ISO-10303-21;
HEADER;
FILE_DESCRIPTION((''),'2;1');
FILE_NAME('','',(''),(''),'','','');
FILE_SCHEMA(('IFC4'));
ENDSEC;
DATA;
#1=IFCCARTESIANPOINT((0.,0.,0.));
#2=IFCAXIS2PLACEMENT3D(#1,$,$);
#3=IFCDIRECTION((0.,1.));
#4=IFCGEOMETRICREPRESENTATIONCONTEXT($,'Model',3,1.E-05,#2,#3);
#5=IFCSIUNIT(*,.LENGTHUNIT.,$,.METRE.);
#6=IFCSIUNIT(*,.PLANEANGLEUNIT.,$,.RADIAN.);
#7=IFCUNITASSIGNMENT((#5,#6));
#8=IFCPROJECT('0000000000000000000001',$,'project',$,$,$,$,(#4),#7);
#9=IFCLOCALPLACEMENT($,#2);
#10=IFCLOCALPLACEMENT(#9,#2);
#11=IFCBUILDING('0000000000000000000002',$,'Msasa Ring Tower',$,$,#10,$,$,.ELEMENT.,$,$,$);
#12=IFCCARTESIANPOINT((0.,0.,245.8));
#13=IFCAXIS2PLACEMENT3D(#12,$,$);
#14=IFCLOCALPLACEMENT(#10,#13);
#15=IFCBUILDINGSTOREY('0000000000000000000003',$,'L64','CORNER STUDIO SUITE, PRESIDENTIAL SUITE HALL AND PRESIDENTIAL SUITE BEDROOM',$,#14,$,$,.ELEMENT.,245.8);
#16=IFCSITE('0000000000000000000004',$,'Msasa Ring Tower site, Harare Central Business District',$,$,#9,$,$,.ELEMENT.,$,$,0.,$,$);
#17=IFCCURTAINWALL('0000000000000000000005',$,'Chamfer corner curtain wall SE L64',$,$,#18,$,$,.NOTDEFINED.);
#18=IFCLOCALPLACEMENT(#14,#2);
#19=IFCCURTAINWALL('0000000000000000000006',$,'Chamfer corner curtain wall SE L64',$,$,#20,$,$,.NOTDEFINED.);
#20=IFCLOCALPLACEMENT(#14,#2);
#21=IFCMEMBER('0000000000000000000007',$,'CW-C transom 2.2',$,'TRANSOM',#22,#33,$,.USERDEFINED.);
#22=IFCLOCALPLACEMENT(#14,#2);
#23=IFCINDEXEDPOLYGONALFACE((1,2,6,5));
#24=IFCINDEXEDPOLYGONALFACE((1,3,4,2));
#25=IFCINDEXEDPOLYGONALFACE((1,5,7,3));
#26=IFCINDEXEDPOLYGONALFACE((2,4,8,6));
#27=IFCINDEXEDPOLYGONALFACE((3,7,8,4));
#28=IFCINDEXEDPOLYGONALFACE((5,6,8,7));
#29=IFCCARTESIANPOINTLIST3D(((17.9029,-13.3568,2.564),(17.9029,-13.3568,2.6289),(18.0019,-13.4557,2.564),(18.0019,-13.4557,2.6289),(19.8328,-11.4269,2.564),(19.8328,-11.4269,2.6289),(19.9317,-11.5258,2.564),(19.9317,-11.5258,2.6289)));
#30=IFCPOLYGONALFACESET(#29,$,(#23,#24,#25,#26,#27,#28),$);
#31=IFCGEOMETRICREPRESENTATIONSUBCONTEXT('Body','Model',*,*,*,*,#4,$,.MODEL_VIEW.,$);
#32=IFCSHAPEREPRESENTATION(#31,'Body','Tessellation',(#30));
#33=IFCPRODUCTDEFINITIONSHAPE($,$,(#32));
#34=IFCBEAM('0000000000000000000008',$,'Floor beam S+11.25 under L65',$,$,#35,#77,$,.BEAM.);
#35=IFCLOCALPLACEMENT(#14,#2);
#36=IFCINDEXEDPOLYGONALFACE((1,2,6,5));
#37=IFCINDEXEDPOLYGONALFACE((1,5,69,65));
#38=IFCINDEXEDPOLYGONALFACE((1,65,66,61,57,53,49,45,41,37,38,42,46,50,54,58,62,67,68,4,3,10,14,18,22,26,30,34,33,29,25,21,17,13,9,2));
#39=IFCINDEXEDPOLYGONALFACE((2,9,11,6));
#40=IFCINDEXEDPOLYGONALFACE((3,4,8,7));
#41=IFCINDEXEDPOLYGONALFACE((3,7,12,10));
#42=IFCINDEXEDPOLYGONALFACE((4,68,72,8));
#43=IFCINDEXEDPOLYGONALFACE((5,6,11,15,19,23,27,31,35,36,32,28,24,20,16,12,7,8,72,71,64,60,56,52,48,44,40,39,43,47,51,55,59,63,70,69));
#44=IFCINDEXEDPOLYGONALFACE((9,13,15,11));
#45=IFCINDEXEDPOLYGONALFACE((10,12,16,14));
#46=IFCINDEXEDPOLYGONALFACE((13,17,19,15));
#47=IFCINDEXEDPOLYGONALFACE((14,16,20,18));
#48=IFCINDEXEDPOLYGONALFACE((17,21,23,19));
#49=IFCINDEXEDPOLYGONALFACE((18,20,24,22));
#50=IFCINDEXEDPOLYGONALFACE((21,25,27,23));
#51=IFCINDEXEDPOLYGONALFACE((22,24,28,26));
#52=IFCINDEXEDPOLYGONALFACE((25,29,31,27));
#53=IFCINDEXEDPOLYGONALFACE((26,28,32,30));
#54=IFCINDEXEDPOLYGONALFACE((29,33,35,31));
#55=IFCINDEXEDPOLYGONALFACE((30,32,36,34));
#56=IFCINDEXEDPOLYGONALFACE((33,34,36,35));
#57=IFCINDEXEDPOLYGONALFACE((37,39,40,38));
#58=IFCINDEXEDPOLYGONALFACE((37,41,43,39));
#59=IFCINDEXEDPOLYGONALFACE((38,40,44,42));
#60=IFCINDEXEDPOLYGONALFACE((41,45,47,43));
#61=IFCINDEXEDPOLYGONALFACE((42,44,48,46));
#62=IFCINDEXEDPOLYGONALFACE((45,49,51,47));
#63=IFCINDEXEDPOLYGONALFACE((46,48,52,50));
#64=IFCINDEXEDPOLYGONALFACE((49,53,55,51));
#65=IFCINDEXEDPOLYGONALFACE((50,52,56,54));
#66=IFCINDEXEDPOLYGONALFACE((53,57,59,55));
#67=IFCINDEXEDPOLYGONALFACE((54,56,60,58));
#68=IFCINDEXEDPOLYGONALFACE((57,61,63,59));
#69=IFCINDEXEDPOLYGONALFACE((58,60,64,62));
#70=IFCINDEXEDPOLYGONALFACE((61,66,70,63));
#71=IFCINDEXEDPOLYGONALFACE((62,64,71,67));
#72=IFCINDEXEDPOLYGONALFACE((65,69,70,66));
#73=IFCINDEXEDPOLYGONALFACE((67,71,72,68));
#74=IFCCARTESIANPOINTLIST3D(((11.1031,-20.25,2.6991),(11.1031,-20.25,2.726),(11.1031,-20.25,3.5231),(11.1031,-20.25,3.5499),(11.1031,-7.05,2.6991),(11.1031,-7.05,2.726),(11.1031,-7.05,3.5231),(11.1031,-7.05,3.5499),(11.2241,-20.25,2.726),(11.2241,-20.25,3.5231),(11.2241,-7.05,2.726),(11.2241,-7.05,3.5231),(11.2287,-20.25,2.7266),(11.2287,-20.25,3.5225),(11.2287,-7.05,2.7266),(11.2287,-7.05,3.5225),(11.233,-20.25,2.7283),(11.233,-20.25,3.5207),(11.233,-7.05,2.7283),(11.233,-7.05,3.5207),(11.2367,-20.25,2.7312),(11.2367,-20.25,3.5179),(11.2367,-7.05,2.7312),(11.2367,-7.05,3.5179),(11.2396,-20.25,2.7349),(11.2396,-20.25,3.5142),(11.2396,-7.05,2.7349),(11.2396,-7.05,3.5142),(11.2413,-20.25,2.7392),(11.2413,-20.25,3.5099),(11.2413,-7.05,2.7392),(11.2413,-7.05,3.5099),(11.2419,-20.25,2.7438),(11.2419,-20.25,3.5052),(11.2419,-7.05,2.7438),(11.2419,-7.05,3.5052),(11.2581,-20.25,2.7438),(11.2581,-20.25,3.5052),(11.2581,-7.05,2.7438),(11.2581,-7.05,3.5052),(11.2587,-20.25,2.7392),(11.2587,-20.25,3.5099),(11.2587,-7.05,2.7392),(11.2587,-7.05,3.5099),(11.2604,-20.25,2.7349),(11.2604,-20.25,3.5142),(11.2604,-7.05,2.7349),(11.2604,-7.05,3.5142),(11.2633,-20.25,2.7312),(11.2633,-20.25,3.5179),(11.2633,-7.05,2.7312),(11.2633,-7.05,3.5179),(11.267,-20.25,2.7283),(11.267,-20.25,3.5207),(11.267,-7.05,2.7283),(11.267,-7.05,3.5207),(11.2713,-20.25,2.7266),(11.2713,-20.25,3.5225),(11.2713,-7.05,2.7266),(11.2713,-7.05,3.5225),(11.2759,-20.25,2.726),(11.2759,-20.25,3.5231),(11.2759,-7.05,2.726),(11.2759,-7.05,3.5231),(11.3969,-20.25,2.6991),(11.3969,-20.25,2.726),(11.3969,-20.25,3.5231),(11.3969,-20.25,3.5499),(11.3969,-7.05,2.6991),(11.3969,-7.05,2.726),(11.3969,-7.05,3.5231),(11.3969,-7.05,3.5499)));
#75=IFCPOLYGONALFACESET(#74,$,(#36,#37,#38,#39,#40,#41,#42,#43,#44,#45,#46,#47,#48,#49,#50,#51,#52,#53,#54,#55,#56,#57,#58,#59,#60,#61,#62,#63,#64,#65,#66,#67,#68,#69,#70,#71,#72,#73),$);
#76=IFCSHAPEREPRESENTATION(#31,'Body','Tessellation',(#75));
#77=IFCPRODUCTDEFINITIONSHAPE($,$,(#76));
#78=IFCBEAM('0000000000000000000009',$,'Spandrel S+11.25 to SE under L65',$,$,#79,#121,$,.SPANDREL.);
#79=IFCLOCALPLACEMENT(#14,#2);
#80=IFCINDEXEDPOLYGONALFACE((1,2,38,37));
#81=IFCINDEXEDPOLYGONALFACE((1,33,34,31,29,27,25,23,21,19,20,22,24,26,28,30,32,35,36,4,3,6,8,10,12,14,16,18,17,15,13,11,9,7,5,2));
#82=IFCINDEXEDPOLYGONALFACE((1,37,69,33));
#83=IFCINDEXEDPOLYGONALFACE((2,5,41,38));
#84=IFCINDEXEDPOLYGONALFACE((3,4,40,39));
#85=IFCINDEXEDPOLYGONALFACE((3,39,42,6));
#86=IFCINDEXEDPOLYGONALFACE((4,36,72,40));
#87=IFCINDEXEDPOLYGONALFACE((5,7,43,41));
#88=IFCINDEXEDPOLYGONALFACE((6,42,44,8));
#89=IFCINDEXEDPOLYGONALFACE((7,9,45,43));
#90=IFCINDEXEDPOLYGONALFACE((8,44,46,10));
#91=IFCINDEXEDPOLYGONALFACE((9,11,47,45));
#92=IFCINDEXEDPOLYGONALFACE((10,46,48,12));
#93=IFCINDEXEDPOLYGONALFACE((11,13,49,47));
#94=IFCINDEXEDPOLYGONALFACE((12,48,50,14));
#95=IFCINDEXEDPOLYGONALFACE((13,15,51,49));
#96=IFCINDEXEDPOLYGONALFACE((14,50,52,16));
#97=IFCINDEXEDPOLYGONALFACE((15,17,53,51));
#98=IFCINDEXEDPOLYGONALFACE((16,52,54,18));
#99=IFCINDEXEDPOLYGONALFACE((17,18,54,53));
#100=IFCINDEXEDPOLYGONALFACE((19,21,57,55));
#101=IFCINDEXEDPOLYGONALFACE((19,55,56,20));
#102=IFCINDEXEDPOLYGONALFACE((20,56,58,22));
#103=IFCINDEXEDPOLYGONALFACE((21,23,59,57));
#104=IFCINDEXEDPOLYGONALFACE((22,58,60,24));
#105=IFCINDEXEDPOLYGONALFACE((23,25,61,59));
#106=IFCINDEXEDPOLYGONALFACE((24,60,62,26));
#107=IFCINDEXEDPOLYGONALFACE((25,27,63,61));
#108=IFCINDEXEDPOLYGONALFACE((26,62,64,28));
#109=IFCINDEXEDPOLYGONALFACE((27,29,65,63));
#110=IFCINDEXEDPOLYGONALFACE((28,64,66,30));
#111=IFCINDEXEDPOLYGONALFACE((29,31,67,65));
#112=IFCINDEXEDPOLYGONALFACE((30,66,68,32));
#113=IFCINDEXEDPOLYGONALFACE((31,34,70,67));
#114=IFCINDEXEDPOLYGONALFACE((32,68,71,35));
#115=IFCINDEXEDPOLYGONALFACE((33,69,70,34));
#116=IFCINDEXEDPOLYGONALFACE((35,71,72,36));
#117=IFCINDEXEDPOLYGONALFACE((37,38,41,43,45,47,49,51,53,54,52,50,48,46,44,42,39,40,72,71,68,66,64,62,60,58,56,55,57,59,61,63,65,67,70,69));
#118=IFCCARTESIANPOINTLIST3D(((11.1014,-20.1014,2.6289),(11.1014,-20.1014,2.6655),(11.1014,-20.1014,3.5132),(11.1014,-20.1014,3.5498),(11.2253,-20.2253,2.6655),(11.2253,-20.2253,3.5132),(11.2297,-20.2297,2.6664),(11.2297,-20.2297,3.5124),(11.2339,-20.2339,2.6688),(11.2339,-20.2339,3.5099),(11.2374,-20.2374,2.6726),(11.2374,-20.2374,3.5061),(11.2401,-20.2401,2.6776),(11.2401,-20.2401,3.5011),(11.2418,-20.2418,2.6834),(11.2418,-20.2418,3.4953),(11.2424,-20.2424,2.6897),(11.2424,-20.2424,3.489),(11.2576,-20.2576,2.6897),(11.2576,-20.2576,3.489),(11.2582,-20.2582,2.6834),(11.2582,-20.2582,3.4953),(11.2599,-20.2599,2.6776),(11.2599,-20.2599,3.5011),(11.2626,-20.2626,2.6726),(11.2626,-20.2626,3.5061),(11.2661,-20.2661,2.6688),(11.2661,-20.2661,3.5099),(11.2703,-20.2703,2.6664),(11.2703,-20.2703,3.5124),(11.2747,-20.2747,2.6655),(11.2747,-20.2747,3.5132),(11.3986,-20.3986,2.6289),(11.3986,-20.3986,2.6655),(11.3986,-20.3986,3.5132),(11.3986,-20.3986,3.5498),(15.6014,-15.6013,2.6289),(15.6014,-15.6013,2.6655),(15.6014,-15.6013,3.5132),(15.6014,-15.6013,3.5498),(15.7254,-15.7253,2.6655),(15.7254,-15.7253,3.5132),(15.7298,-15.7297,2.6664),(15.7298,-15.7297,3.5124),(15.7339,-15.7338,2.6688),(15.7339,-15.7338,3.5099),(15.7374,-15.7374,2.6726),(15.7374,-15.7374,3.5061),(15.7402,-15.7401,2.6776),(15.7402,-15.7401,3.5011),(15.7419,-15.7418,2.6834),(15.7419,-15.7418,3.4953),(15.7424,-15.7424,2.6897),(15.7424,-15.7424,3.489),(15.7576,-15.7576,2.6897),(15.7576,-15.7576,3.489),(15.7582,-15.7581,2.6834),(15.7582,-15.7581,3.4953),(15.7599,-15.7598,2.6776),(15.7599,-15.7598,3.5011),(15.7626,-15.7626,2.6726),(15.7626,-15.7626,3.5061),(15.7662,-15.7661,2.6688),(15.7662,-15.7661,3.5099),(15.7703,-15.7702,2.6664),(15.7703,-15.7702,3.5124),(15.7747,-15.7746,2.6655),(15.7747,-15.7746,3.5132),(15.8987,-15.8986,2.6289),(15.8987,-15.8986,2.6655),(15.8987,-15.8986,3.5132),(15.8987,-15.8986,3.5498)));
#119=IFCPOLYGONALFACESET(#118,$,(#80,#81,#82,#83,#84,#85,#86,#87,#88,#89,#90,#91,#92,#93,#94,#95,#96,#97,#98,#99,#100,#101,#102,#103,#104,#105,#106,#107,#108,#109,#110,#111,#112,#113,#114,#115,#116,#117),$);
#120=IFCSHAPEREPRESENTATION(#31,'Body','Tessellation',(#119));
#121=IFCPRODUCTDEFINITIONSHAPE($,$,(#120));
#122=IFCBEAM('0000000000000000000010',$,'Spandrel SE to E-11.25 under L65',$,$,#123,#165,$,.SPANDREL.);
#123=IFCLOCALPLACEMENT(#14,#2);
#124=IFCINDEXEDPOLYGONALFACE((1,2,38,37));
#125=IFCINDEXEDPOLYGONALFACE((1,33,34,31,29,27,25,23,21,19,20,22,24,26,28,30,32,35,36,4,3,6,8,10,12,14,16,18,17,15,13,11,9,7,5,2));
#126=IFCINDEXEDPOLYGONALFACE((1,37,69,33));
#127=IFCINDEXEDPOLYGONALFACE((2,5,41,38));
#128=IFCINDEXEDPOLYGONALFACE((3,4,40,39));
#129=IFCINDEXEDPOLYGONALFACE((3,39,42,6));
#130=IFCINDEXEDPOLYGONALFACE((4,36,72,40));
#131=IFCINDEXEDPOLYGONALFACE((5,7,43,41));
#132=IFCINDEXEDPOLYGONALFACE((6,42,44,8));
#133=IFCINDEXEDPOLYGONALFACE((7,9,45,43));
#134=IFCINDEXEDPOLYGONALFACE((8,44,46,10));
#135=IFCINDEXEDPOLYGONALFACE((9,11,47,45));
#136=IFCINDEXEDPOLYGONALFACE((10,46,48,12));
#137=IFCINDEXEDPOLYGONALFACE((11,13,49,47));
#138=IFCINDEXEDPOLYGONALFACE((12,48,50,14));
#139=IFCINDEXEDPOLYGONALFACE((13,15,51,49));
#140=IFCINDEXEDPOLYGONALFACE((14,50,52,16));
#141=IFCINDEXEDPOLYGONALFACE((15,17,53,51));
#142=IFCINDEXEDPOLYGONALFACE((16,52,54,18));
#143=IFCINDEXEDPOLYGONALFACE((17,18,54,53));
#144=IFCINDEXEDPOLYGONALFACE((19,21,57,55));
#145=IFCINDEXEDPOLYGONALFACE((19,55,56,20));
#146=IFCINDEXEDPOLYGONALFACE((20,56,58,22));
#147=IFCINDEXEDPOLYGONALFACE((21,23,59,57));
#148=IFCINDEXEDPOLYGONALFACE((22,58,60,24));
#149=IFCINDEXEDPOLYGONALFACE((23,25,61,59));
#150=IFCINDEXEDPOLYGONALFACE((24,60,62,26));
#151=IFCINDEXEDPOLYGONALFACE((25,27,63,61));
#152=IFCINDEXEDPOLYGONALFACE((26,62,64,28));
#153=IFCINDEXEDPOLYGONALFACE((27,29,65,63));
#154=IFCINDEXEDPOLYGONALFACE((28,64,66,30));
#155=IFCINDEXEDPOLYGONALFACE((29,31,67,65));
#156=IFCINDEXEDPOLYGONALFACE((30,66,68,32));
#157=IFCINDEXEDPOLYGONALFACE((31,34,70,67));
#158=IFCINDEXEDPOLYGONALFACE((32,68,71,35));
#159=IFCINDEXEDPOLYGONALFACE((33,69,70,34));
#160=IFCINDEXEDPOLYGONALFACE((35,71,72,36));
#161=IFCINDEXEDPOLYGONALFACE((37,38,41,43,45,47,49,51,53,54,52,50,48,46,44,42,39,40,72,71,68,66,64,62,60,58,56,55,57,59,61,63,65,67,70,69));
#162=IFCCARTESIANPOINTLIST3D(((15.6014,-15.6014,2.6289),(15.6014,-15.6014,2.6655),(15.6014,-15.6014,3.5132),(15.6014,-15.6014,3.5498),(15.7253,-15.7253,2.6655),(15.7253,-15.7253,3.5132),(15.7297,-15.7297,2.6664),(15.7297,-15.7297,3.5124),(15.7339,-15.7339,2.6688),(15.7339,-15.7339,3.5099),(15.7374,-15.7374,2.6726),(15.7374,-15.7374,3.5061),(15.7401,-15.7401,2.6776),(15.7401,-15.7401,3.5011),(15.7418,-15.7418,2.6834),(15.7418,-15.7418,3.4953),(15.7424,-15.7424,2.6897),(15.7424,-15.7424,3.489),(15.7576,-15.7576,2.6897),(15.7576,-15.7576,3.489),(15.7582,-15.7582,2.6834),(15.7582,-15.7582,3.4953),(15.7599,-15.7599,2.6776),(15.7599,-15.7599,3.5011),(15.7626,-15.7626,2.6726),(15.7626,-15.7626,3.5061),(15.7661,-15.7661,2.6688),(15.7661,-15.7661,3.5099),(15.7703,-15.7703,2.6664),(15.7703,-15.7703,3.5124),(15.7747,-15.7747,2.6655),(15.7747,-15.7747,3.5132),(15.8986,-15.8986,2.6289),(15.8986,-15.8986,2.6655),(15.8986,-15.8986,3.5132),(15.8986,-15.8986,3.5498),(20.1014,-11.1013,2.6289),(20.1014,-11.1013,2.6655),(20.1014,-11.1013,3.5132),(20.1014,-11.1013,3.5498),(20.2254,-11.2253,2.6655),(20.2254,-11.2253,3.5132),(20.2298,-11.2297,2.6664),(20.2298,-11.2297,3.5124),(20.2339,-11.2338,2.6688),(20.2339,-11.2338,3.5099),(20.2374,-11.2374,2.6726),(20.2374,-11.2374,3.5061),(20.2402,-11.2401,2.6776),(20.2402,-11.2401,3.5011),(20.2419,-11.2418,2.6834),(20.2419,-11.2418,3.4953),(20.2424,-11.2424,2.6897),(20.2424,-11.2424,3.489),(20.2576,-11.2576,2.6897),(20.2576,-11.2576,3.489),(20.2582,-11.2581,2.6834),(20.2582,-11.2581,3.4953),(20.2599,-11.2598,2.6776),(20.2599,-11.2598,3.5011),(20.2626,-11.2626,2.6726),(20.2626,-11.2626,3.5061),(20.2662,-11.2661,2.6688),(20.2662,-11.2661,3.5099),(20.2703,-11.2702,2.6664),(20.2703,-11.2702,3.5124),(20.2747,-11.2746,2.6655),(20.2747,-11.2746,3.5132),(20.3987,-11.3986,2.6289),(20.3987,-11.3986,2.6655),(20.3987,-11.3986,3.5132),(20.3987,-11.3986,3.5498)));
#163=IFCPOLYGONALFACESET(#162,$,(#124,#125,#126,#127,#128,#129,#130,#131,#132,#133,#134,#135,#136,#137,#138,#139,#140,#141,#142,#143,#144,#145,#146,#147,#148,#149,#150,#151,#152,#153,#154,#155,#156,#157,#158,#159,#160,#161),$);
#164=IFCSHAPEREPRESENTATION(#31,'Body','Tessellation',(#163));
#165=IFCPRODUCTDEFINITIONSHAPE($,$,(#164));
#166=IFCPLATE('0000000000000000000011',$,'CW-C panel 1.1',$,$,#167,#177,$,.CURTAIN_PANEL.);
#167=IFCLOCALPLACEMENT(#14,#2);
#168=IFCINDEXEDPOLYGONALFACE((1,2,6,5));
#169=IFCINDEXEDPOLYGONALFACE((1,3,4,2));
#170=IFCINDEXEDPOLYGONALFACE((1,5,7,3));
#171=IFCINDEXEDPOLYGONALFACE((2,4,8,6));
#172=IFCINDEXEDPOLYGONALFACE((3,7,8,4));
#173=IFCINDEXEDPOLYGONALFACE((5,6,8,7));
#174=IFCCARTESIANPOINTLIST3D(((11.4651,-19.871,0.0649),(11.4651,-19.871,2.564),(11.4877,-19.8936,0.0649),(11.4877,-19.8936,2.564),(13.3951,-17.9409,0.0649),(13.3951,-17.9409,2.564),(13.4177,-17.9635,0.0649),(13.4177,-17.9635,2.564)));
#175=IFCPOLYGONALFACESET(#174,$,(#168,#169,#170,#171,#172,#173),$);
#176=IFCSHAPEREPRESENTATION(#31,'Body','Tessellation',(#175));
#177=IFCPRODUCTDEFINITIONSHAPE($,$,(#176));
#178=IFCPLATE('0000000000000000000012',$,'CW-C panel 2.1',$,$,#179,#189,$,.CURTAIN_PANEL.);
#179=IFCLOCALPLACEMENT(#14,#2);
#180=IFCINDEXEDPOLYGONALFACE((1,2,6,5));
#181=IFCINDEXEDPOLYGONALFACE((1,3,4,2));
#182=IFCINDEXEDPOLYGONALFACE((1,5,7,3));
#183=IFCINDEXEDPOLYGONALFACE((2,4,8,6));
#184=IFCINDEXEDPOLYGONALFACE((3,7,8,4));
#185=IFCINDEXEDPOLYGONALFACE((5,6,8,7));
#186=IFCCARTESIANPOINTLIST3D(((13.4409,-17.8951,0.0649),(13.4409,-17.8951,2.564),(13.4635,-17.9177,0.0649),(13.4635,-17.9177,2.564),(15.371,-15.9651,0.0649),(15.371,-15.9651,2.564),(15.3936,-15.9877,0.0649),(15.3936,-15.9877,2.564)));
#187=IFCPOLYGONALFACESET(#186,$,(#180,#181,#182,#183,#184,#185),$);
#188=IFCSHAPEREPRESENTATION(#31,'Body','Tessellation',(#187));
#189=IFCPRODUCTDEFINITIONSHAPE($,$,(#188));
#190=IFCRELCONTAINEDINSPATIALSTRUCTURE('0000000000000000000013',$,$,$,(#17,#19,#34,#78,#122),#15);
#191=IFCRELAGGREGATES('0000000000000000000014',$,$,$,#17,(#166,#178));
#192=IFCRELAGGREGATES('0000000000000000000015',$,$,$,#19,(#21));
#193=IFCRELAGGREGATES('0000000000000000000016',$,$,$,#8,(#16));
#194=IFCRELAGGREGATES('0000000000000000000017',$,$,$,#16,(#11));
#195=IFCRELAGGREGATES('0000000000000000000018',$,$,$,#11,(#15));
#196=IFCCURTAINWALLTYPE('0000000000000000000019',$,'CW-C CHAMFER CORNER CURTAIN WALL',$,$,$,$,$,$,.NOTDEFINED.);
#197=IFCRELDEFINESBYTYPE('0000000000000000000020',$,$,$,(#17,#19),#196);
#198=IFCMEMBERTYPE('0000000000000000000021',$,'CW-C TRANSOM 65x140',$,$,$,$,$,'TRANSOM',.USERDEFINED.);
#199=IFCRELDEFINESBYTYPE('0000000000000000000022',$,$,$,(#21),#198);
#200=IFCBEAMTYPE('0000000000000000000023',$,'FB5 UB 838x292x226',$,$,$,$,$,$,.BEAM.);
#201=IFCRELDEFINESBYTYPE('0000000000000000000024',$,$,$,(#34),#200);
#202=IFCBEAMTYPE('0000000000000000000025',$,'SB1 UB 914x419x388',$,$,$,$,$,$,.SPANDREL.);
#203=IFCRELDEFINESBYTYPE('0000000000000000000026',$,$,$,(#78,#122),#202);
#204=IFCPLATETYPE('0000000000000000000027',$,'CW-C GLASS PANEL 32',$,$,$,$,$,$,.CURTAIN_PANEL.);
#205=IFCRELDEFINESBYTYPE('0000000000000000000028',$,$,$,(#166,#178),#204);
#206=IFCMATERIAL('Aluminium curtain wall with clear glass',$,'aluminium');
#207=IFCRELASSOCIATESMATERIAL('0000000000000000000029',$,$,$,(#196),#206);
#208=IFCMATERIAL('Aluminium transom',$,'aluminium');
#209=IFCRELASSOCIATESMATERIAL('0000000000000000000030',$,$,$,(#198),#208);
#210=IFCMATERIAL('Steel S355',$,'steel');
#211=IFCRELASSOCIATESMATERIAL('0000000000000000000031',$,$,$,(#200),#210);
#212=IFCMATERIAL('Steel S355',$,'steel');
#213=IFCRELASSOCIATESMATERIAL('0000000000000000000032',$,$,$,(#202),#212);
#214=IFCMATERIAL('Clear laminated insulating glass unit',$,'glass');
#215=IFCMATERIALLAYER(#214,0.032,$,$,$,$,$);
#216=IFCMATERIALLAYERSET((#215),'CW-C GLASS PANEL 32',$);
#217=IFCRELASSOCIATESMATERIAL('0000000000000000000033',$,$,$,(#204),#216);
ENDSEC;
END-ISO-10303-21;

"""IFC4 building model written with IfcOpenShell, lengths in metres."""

from ifc_helpers import new_model, si_unit, direction, frame, origin, origin_2d, place, context, subcontext, project, spatial, rectangle, i_section, extrude, material, layer, layer_set, material_profile, profile_set, type_object, element, aggregate, save


model = new_model("IFC4")

# Units and contexts
model_context = context("Model", 3, precision=1e-05, world=origin(), true_north=direction((0.0, 1.0)))
body_context = subcontext(model_context, "Body", "Model", "MODEL_VIEW")
ifc_project = project(units=[si_unit("LENGTHUNIT", "METRE"), si_unit("PLANEANGLEUNIT", "RADIAN")], contexts=[model_context])

# Site, building, storey
site_placement = place(None, origin())
site = spatial("IfcSite", under=ifc_project, at=site_placement, Name="Msasa Ring Tower site, Harare Central Business District", CompositionType="ELEMENT", RefElevation=0.0)
building_placement = place(site_placement, origin())
building = spatial("IfcBuilding", under=site, at=building_placement, Name="Msasa Ring Tower", CompositionType="ELEMENT")
storey_placement = place(building_placement, frame((0.0, 0.0, 245.8)))
storey = spatial("IfcBuildingStorey", under=building, at=storey_placement, Name="L64", Description="CORNER STUDIO SUITE, PRESIDENTIAL SUITE HALL AND PRESIDENTIAL SUITE BEDROOM", CompositionType="ELEMENT", Elevation=245.8)

# Curtain walls
ifc_material_1 = material(Name="Aluminium curtain wall with clear glass", Category="aluminium")
curtain_wall_type = type_object("IfcCurtainWallType", Name="CW-C CHAMFER CORNER CURTAIN WALL", PredefinedType="NOTDEFINED", material=ifc_material_1)
curtain_wall_1_placement = place(storey_placement, origin())
curtain_wall_1 = element("IfcCurtainWall", 1, at=curtain_wall_1_placement, inside=storey, type_object=curtain_wall_type, Name="Chamfer corner curtain wall SE L64", PredefinedType="NOTDEFINED")
curtain_wall_2_placement = place(storey_placement, origin())
curtain_wall_2 = element("IfcCurtainWall", 2, at=curtain_wall_2_placement, inside=storey, type_object=curtain_wall_type, Name="Chamfer corner curtain wall SE L64", PredefinedType="NOTDEFINED")

# Member
ifc_material_2 = material(Name="Aluminium transom", Category="aluminium")
ifc_material_profile_1 = material_profile(ifc_material_2, rectangle(XDim=0.1399, YDim=0.0649, at=origin_2d()), Name="AL 65x140")
ifc_profile_set_1 = profile_set([ifc_material_profile_1], Name="Aluminium transom")
member_type_1 = type_object("IfcMemberType", Name="CW-C TRANSOM 65x140", ElementType="TRANSOM", PredefinedType="USERDEFINED", material=ifc_profile_set_1)
member_1_placement = place(storey_placement, frame((17.9524, -13.4062, 2.5964), z_axis=(0.707107, 0.707107, 0.0), x_axis=(-0.707107, 0.707107, 0.0)))
member_1 = element("IfcMember", 3, at=member_1_placement, type_object=member_type_1, Name="CW-C transom 2.2", ObjectType="TRANSOM", PredefinedType="USERDEFINED", context=body_context, shape_type="SweptSolid", body=[
    extrude(rectangle(XDim=0.1399, YDim=0.0649, at=origin_2d()), origin(), (0.0, 0.0, 1.0), 2.7292),
])

# Beams
ifc_material_3 = material(Name="Steel S355", Category="steel")
ifc_material_profile_2 = material_profile(ifc_material_3, i_section(OverallWidth=0.2937, OverallDepth=0.8508, WebThickness=0.0161, FlangeThickness=0.0269, FilletRadius=0.0178, at=origin_2d()), Name="UB 838x292x226")
ifc_profile_set_2 = profile_set([ifc_material_profile_2], Name="Steel S355")
beam_type_1 = type_object("IfcBeamType", Name="FB5 UB 838x292x226", PredefinedType="BEAM", material=ifc_profile_set_2)
beam_placement = place(storey_placement, frame((11.25, -20.25, 3.1245), z_axis=(0.0, 1.0, 0.0), x_axis=(-1.0, 0.0, 0.0)))
element("IfcBeam", 4, at=beam_placement, inside=storey, type_object=beam_type_1, Name="Floor beam S+11.25 under L65", PredefinedType="BEAM", context=body_context, shape_type="SweptSolid", body=[
    extrude(i_section(OverallWidth=0.2937, OverallDepth=0.8508, WebThickness=0.0161, FlangeThickness=0.0269, FilletRadius=0.0178, at=origin_2d()), origin(), (0.0, 0.0, 1.0), 13.2),
])
ifc_material_4 = material(Name="Steel S355", Category="steel")
ifc_material_profile_3 = material_profile(ifc_material_4, i_section(OverallWidth=0.4204, OverallDepth=0.9209, WebThickness=0.0215, FlangeThickness=0.0366, FilletRadius=0.0242, at=origin_2d()), Name="UB 914x419x388")
ifc_profile_set_3 = profile_set([ifc_material_profile_3], Name="Steel S355")
beam_type_2 = type_object("IfcBeamType", Name="SB1 UB 914x419x388", PredefinedType="SPANDREL", material=ifc_profile_set_3)
for number, where, z_axis, x_axis, name in (
    (5, (11.25, -20.25, 3.0894), (0.707107, 0.707107, 0.0), (-0.707107, 0.707107, 0.0), "Spandrel S+11.25 to SE under L65"),
    (6, (15.75, -15.75, 3.0894), (0.707107, 0.707107, 0.0), (-0.707107, 0.707107, 0.0), "Spandrel SE to E-11.25 under L65"),
):
    element("IfcBeam", number, at=place(storey_placement, frame(where, z_axis=z_axis, x_axis=x_axis)), inside=storey, type_object=beam_type_2, Name=name, PredefinedType="SPANDREL", context=body_context, shape_type="SweptSolid", body=[
        extrude(i_section(OverallWidth=0.4204, OverallDepth=0.9209, WebThickness=0.0215, FlangeThickness=0.0366, FilletRadius=0.0242, at=origin_2d()), origin(), (0.0, 0.0, 1.0), 6.364),
    ])

# Plates
ifc_material_5 = material(Name="Clear laminated insulating glass unit", Category="glass")
ifc_layer_1 = layer(ifc_material_5, 0.032)
ifc_layer_set_1 = layer_set([ifc_layer_1], Name="CW-C GLASS PANEL 32")
plate_type = type_object("IfcPlateType", Name="CW-C GLASS PANEL 32", PredefinedType="CURTAIN_PANEL", material=ifc_layer_set_1)
plate_1_placement = place(storey_placement, frame((12.4414, -18.9172, 0.0649), z_axis=(0.0, 0.0, 1.0), x_axis=(0.707107, 0.707107, 0.0)))
plate_1 = element("IfcPlate", 7, at=plate_1_placement, type_object=plate_type, Name="CW-C panel 1.1", PredefinedType="CURTAIN_PANEL", context=body_context, shape_type="SweptSolid", body=[
    extrude(rectangle(XDim=2.7295, YDim=0.032, at=origin_2d()), origin(), (0.0, 0.0, 1.0), 2.499),
])
plate_2_placement = place(storey_placement, frame((14.4172, -16.9414, 0.0649), z_axis=(0.0, 0.0, 1.0), x_axis=(0.707107, 0.707107, 0.0)))
plate_2 = element("IfcPlate", 8, at=plate_2_placement, type_object=plate_type, Name="CW-C panel 2.1", PredefinedType="CURTAIN_PANEL", context=body_context, shape_type="SweptSolid", body=[
    extrude(rectangle(XDim=2.7295, YDim=0.032, at=origin_2d()), origin(), (0.0, 0.0, 1.0), 2.499),
])
aggregate(curtain_wall_1, [plate_1, plate_2])
aggregate(curtain_wall_2, [member_1])

save(model, "model.ifc")
